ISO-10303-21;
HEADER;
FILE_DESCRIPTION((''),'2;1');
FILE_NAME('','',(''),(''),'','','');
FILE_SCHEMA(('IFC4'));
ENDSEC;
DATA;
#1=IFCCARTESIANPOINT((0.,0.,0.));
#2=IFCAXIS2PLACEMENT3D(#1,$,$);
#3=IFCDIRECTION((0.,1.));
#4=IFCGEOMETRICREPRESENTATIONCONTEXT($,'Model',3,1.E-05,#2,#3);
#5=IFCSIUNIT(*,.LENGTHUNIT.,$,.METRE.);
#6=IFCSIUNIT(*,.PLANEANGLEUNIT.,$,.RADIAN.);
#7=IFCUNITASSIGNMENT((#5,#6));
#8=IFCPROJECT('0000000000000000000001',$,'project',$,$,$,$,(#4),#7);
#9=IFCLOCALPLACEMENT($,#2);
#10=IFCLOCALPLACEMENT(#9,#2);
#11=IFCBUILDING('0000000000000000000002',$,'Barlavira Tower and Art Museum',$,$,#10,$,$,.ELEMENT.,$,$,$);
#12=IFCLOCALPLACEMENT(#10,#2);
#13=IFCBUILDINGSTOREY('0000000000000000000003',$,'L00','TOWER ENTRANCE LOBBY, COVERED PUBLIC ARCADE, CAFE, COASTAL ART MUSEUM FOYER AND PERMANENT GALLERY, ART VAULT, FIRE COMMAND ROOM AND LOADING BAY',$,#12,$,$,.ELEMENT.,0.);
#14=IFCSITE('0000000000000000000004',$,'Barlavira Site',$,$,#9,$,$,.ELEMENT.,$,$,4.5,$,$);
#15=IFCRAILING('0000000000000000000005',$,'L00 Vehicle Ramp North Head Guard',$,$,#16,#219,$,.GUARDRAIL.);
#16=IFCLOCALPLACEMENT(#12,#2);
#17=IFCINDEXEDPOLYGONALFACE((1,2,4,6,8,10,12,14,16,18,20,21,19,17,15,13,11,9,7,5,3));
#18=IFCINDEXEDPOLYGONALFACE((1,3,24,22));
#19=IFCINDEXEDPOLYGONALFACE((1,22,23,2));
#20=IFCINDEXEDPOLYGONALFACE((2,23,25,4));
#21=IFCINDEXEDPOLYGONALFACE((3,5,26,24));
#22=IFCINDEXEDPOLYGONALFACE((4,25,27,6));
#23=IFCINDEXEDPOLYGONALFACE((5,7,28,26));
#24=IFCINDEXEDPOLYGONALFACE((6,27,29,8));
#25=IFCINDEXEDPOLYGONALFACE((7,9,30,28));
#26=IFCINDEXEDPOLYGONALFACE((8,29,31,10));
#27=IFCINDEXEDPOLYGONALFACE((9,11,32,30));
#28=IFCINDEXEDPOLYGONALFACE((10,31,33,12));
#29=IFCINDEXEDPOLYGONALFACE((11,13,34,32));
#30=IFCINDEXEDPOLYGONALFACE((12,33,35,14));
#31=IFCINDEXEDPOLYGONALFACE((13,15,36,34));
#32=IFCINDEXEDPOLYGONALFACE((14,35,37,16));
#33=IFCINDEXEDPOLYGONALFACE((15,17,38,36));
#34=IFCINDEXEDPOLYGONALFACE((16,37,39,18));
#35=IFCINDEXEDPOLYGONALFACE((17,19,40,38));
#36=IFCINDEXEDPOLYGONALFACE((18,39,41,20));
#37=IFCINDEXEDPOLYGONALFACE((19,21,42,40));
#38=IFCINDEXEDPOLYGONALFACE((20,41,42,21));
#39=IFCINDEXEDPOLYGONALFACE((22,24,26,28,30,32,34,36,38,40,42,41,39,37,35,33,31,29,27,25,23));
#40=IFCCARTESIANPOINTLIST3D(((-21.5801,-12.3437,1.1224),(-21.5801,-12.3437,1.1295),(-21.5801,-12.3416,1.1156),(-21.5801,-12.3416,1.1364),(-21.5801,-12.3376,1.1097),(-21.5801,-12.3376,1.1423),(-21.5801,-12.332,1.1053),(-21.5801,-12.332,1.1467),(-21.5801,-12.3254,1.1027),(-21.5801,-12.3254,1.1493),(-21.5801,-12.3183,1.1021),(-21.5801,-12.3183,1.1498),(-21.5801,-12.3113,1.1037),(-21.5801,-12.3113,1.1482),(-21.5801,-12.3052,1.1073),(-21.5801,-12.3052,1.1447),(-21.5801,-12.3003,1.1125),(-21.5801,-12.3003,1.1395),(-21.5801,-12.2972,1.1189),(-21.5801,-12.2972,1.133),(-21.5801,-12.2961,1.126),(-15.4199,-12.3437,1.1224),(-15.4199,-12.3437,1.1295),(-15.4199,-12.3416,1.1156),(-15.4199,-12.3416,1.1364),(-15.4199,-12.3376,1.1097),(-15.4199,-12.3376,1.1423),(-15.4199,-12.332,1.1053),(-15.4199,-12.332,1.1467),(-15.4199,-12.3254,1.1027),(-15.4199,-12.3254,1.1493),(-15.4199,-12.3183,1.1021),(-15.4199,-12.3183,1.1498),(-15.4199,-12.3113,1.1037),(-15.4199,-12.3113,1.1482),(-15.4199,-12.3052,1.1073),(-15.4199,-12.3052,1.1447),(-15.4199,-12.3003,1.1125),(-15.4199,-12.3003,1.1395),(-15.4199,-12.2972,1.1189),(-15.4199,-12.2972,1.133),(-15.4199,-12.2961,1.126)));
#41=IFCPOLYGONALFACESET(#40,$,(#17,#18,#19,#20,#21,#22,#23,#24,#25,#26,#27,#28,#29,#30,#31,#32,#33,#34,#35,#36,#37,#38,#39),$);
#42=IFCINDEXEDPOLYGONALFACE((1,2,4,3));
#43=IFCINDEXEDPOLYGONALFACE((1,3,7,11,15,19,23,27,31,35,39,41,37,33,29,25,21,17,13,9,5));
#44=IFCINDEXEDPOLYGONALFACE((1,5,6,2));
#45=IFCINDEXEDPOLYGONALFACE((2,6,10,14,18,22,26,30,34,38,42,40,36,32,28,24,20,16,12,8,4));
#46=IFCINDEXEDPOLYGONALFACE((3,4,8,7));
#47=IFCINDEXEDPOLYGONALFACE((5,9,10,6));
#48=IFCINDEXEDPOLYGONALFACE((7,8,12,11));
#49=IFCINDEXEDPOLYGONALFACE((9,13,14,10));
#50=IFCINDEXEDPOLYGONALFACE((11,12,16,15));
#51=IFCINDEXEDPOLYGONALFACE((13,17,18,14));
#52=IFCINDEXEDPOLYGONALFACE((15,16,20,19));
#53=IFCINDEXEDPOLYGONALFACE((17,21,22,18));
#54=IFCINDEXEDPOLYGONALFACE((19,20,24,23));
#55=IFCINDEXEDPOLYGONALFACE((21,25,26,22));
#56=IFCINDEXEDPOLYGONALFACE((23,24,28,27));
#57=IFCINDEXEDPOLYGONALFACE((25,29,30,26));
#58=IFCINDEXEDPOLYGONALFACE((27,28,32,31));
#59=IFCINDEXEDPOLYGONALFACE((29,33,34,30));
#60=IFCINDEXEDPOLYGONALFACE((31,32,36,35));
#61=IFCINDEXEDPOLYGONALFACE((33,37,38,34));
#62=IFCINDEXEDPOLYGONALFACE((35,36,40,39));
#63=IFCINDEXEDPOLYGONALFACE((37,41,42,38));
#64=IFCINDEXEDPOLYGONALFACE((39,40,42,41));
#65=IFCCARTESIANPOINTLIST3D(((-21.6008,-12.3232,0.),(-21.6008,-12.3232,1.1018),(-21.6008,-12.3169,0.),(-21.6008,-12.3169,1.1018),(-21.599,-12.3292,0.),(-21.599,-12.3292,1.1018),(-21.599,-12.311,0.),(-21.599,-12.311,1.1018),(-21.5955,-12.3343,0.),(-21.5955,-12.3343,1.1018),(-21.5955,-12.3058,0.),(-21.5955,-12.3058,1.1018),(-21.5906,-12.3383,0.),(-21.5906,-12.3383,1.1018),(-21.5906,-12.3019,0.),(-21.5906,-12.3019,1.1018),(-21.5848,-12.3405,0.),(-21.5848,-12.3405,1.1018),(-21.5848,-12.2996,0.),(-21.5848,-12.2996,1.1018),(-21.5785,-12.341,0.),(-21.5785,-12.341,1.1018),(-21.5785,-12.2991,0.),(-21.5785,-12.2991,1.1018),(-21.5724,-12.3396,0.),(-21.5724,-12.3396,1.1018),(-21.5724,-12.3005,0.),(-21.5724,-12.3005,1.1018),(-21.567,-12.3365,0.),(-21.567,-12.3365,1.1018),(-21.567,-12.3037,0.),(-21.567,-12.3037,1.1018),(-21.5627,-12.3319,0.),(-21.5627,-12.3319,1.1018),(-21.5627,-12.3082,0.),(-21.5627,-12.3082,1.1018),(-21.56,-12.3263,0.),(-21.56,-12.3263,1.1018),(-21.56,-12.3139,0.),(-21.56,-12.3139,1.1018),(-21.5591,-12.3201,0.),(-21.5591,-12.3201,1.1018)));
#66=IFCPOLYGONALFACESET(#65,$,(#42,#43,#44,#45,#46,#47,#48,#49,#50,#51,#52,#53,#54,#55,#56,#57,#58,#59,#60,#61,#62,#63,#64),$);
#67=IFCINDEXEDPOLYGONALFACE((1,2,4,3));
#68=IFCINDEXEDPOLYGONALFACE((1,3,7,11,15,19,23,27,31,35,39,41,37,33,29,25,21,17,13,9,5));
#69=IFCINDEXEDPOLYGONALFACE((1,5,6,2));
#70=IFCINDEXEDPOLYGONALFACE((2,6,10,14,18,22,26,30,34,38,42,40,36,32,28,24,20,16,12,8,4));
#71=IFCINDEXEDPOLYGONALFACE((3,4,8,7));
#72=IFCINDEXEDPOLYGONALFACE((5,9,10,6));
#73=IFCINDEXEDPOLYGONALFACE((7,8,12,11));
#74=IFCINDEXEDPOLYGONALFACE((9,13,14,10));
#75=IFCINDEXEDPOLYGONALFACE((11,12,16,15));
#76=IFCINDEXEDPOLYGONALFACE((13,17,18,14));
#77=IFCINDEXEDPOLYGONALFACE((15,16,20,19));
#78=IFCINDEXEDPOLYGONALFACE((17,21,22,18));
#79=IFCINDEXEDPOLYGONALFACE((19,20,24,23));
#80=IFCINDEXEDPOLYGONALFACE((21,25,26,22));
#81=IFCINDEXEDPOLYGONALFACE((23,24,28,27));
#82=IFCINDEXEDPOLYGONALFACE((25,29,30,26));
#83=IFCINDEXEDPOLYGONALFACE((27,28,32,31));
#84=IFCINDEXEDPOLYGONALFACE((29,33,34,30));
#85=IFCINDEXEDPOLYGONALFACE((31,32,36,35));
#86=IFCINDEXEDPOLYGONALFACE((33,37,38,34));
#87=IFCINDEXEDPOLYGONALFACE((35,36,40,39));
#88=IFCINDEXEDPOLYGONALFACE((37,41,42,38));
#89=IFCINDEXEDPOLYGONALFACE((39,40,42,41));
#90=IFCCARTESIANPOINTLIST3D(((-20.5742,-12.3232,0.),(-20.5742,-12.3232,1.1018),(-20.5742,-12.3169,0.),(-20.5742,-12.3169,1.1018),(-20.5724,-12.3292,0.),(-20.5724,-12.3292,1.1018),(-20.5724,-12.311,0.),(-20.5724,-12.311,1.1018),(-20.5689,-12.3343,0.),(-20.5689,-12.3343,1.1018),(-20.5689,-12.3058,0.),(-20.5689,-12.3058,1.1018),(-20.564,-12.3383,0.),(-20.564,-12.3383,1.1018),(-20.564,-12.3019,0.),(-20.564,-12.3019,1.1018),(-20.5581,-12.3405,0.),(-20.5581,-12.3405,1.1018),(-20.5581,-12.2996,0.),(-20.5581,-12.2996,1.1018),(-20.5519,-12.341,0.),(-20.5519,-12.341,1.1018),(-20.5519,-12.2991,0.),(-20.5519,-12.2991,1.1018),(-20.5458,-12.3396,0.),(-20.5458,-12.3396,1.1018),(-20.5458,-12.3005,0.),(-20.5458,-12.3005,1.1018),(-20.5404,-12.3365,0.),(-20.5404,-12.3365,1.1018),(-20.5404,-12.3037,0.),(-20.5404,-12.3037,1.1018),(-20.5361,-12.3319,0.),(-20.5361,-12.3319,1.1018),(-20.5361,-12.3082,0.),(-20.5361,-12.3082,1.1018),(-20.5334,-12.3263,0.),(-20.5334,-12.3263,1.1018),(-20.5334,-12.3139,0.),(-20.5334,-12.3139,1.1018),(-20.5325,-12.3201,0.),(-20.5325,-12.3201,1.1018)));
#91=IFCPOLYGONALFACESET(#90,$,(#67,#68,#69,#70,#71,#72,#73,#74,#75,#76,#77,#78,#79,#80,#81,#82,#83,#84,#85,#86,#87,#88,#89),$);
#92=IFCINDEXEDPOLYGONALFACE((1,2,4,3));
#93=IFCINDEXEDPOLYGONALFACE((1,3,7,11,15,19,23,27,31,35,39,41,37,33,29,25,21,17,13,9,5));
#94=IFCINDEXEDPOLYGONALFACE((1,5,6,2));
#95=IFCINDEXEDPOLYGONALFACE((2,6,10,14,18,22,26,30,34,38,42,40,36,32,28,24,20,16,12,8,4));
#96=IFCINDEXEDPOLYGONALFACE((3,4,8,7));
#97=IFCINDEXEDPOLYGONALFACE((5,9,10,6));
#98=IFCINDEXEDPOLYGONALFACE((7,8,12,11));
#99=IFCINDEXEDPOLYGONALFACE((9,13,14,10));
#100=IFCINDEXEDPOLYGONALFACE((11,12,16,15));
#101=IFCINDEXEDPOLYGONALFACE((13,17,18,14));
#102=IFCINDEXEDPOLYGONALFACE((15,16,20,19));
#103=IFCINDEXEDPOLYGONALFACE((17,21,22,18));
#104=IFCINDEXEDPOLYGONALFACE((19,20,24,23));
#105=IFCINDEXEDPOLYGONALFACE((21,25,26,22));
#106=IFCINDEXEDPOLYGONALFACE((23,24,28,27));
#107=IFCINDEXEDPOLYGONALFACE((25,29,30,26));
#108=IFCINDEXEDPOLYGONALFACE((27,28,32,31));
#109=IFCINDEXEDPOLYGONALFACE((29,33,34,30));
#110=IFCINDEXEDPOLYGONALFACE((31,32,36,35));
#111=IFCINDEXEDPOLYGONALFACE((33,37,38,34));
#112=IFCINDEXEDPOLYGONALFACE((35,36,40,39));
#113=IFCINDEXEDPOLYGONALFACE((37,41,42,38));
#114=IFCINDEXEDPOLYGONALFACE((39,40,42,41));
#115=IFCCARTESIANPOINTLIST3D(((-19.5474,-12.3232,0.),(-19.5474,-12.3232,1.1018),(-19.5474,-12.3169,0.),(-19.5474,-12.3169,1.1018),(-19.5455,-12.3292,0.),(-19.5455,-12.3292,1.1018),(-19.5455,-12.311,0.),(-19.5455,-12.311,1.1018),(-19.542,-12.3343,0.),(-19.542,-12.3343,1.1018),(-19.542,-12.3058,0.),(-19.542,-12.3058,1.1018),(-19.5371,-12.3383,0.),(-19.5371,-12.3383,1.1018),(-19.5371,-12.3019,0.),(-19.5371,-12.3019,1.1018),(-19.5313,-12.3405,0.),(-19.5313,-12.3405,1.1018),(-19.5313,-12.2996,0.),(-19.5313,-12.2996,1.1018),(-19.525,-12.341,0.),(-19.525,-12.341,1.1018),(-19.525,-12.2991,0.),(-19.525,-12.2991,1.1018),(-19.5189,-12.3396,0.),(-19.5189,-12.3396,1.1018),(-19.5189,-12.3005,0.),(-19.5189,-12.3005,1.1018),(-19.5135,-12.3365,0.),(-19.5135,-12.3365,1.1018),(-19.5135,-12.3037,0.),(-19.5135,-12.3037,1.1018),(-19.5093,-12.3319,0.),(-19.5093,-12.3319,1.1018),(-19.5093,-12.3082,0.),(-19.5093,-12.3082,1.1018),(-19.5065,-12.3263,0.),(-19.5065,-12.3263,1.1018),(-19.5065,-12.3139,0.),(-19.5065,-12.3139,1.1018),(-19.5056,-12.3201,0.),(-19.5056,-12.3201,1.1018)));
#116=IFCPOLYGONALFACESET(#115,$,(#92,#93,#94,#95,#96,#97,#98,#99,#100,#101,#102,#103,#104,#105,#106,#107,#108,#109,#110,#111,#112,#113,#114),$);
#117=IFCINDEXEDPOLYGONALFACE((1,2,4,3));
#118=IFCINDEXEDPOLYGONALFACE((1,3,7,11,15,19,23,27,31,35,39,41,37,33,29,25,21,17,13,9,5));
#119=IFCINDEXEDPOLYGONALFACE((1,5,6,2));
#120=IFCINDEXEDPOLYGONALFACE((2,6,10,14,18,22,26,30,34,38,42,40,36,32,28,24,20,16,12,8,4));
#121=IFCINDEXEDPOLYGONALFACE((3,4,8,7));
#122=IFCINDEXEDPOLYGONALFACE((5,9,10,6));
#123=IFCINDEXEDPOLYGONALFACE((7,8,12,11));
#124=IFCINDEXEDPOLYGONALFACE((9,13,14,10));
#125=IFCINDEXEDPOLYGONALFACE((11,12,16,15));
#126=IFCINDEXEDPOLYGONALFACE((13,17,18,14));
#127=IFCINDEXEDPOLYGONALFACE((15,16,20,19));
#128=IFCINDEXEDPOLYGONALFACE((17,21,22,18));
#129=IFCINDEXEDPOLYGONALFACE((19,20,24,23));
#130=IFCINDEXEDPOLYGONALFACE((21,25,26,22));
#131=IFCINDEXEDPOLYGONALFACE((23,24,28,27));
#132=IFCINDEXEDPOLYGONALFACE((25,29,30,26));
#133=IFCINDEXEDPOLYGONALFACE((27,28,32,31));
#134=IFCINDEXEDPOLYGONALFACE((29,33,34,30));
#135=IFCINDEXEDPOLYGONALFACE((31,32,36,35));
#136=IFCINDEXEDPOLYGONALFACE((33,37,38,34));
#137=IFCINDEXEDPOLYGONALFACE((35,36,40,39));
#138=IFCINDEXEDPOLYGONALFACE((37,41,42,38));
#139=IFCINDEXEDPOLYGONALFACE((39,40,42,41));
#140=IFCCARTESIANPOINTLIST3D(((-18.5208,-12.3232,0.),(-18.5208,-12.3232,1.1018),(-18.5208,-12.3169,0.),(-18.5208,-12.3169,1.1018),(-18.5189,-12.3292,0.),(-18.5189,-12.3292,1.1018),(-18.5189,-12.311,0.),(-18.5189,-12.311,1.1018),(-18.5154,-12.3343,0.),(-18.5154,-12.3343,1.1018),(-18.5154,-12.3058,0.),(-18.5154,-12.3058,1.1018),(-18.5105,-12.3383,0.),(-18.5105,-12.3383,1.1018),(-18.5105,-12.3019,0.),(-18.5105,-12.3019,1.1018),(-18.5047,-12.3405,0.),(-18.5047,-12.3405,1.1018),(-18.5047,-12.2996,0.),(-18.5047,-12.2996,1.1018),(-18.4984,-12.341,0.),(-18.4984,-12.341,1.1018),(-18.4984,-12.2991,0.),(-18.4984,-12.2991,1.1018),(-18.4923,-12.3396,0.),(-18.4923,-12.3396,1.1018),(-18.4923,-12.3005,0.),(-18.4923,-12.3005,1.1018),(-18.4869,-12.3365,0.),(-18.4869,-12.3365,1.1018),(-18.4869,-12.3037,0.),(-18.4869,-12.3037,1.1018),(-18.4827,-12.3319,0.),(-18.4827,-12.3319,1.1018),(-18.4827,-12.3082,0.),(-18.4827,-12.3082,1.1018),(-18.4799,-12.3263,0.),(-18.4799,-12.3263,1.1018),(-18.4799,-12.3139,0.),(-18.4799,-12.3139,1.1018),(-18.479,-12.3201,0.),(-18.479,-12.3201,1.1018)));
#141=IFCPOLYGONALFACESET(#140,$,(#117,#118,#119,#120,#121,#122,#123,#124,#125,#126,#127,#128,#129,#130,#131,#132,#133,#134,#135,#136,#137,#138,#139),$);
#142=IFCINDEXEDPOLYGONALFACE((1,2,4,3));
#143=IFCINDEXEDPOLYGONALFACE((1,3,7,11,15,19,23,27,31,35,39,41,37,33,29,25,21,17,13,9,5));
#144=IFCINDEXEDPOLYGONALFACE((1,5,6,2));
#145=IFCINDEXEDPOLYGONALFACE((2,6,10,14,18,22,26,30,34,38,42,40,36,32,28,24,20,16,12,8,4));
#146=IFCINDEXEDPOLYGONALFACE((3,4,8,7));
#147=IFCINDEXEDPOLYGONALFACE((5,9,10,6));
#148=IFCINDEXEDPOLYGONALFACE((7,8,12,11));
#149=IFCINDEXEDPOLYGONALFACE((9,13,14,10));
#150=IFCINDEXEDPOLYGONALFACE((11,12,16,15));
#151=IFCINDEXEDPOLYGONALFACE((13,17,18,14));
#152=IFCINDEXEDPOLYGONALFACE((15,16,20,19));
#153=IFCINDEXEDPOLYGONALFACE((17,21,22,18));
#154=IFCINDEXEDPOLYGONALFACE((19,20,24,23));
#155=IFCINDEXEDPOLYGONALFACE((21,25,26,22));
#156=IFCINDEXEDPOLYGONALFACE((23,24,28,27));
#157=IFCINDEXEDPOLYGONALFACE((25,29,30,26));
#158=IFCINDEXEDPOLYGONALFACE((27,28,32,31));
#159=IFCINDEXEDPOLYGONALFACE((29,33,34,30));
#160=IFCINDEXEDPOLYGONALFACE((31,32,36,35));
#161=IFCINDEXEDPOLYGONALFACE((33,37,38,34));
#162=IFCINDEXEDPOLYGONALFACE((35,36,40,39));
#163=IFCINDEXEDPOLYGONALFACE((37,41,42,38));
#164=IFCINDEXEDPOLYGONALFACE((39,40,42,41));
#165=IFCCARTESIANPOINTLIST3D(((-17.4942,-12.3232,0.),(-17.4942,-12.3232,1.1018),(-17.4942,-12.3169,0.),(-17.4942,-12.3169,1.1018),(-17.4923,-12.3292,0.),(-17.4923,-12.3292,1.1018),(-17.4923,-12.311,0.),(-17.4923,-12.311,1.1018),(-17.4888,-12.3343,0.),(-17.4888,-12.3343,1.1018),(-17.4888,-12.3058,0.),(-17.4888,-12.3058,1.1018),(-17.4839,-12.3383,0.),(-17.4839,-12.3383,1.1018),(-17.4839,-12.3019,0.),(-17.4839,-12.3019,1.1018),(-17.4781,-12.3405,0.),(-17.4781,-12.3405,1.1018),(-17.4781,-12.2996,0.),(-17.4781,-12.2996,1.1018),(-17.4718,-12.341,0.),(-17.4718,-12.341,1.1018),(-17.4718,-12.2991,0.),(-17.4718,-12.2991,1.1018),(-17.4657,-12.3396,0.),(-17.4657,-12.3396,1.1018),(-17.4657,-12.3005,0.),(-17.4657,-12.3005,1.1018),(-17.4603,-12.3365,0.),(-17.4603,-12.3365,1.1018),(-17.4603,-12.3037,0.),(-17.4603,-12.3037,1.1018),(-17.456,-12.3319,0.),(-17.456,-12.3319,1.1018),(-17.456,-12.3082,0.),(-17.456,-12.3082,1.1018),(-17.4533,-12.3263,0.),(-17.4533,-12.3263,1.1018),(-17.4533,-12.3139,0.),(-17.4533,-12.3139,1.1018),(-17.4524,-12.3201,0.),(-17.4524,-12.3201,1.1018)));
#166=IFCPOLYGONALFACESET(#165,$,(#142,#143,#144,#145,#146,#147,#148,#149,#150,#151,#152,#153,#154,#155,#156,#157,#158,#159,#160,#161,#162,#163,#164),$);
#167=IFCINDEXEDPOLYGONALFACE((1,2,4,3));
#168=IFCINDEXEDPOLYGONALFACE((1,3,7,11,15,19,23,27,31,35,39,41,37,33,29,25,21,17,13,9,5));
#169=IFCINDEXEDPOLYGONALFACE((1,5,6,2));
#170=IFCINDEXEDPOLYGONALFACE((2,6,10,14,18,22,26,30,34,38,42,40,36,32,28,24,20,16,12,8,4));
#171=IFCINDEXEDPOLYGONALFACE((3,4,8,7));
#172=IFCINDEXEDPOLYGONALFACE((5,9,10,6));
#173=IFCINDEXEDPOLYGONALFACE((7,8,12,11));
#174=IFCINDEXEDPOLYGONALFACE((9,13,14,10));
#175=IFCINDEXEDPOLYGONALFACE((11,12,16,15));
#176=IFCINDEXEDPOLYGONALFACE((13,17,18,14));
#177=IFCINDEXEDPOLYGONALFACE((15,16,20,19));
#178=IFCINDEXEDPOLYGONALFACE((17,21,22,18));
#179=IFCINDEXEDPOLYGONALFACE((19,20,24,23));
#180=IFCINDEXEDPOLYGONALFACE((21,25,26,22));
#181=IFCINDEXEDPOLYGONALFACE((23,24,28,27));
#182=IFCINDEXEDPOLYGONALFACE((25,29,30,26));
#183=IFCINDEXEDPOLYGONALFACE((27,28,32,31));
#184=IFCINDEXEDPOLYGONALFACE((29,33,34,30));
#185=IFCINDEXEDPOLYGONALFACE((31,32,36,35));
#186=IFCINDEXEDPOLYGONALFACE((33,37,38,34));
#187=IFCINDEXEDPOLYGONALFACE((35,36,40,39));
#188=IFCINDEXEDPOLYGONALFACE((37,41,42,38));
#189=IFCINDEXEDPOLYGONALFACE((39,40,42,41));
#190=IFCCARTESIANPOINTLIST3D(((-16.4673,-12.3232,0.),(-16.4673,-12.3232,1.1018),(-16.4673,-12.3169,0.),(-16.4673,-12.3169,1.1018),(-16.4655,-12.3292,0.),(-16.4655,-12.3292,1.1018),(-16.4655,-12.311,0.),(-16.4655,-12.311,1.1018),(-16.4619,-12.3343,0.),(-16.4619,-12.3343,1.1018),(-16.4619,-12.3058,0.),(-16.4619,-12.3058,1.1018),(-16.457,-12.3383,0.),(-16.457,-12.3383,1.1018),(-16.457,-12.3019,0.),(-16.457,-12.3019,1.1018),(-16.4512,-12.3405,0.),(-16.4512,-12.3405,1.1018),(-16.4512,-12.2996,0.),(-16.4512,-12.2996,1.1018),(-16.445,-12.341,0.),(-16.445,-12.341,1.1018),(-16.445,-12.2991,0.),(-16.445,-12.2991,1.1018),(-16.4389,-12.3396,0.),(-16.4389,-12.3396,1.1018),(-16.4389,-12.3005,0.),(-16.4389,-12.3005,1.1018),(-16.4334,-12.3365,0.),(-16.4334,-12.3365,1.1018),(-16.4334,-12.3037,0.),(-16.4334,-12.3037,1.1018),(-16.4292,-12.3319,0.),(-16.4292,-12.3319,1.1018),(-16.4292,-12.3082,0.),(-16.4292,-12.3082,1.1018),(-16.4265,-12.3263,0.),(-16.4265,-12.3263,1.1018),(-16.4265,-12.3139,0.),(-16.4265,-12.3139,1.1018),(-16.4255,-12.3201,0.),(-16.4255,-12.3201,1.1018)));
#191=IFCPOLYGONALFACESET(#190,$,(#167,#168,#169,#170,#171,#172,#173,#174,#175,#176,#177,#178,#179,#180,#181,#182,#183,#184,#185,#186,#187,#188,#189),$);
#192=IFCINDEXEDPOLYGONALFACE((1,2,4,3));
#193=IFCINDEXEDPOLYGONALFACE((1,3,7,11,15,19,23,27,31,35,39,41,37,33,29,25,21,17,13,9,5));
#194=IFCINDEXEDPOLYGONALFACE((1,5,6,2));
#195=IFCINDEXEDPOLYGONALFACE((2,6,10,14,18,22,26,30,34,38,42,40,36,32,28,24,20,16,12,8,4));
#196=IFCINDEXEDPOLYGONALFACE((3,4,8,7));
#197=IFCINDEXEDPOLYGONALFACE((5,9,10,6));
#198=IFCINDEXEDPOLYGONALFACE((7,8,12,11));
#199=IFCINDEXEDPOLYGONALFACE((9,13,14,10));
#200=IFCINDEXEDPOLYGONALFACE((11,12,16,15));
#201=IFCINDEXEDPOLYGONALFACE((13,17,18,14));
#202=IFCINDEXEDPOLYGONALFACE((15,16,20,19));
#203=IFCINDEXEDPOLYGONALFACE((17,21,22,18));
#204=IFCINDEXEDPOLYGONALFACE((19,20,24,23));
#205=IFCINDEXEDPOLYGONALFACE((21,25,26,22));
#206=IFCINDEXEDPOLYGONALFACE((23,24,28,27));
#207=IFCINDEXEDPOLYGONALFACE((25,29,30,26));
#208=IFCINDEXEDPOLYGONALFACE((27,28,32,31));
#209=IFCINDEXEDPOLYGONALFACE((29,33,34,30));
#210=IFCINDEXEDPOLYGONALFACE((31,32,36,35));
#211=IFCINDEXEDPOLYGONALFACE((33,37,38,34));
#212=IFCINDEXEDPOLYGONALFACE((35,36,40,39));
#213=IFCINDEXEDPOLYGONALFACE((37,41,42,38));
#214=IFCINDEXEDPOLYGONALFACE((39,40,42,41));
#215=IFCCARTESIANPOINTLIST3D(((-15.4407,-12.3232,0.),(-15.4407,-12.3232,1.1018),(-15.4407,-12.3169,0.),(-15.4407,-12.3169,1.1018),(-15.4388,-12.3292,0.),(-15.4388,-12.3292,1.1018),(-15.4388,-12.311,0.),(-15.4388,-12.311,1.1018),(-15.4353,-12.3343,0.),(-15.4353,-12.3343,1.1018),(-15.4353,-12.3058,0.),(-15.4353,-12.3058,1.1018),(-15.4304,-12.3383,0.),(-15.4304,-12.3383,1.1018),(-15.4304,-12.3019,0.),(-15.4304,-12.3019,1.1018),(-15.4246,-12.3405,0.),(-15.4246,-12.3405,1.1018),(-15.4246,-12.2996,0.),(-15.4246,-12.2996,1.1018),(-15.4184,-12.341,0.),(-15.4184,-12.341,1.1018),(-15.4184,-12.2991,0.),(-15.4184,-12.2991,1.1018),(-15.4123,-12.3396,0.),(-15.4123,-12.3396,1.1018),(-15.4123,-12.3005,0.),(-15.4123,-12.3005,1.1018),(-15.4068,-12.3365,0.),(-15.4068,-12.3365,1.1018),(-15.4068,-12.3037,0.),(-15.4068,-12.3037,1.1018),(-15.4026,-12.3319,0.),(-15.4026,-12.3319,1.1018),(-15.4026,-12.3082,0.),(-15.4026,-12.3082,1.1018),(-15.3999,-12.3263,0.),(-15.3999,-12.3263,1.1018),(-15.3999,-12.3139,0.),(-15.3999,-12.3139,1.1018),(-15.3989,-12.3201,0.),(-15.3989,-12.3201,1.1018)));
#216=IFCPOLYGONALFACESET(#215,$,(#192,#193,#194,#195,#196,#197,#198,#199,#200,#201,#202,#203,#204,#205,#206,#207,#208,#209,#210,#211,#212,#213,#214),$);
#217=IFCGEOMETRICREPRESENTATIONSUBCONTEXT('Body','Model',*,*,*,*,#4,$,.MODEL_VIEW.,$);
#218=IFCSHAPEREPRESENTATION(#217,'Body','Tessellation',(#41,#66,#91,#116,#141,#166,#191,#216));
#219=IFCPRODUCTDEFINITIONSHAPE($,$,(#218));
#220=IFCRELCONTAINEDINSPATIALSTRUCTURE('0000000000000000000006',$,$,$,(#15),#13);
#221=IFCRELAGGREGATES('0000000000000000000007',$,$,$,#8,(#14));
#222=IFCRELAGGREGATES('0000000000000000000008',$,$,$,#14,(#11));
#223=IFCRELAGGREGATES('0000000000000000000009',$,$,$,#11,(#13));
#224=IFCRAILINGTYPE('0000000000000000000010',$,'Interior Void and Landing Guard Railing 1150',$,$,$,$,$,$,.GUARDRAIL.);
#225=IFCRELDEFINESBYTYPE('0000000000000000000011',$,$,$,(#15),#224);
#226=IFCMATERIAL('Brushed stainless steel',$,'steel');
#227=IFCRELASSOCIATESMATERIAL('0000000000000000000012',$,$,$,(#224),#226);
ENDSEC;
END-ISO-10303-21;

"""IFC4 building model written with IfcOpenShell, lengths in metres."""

from ifc_helpers import new_model, si_unit, direction, frame, origin, origin_2d, place, context, subcontext, project, spatial, circle, extrude, material, type_object, element, save


model = new_model("IFC4")

# Units and contexts
model_context = context("Model", 3, precision=1e-05, world=origin(), true_north=direction((0.0, 1.0)))
body_context = subcontext(model_context, "Body", "Model", "MODEL_VIEW")
ifc_project = project(units=[si_unit("LENGTHUNIT", "METRE"), si_unit("PLANEANGLEUNIT", "RADIAN")], contexts=[model_context])

# Site, building, storey
site_placement = place(None, origin())
site = spatial("IfcSite", under=ifc_project, at=site_placement, Name="Barlavira Site", CompositionType="ELEMENT", RefElevation=4.5)
building_placement = place(site_placement, origin())
building = spatial("IfcBuilding", under=site, at=building_placement, Name="Barlavira Tower and Art Museum", CompositionType="ELEMENT")
storey_placement = place(building_placement, origin())
storey = spatial("IfcBuildingStorey", under=building, at=storey_placement, Name="L00", Description="TOWER ENTRANCE LOBBY, COVERED PUBLIC ARCADE, CAFE, COASTAL ART MUSEUM FOYER AND PERMANENT GALLERY, ART VAULT, FIRE COMMAND ROOM AND LOADING BAY", CompositionType="ELEMENT", Elevation=0.0)

# Shared definitions
ifc_material_1 = material(Name="Brushed stainless steel", Category="steel")

# Railing
railing_type = type_object("IfcRailingType", Name="Interior Void and Landing Guard Railing 1150", PredefinedType="GUARDRAIL", material=ifc_material_1)
railing_placement = place(storey_placement, frame((-21.5801, -12.3201, 0.0)))
element("IfcRailing", 1, at=railing_placement, inside=storey, type_object=railing_type, Name="L00 Vehicle Ramp North Head Guard", PredefinedType="GUARDRAIL", context=body_context, shape_type="SweptSolid", body=[
    extrude(circle(Radius=0.0239, at=origin_2d()), frame((0.0, 0.0, 1.126), z_axis=(1.0, 0.0, 0.0), x_axis=(0.0, 1.0, 0.0)), (0.0, 0.0, 1.0), 6.1602),
    extrude(circle(Radius=0.021, at=origin_2d()), origin(), (0.0, 0.0, 1.0), 1.1018),
    extrude(circle(Radius=0.021, at=origin_2d()), frame((1.0266, 0.0, 0.0)), (0.0, 0.0, 1.0), 1.1018),
    extrude(circle(Radius=0.021, at=origin_2d()), frame((2.0535, 0.0, 0.0)), (0.0, 0.0, 1.0), 1.1018),
    extrude(circle(Radius=0.021, at=origin_2d()), frame((3.0801, 0.0, 0.0)), (0.0, 0.0, 1.0), 1.1018),
    extrude(circle(Radius=0.021, at=origin_2d()), frame((4.1067, 0.0, 0.0)), (0.0, 0.0, 1.0), 1.1018),
    extrude(circle(Radius=0.021, at=origin_2d()), frame((5.1335, 0.0, 0.0)), (0.0, 0.0, 1.0), 1.1018),
    extrude(circle(Radius=0.021, at=origin_2d()), frame((6.1602, 0.0, 0.0)), (0.0, 0.0, 1.0), 1.1018),
])

save(model, "model.ifc")
